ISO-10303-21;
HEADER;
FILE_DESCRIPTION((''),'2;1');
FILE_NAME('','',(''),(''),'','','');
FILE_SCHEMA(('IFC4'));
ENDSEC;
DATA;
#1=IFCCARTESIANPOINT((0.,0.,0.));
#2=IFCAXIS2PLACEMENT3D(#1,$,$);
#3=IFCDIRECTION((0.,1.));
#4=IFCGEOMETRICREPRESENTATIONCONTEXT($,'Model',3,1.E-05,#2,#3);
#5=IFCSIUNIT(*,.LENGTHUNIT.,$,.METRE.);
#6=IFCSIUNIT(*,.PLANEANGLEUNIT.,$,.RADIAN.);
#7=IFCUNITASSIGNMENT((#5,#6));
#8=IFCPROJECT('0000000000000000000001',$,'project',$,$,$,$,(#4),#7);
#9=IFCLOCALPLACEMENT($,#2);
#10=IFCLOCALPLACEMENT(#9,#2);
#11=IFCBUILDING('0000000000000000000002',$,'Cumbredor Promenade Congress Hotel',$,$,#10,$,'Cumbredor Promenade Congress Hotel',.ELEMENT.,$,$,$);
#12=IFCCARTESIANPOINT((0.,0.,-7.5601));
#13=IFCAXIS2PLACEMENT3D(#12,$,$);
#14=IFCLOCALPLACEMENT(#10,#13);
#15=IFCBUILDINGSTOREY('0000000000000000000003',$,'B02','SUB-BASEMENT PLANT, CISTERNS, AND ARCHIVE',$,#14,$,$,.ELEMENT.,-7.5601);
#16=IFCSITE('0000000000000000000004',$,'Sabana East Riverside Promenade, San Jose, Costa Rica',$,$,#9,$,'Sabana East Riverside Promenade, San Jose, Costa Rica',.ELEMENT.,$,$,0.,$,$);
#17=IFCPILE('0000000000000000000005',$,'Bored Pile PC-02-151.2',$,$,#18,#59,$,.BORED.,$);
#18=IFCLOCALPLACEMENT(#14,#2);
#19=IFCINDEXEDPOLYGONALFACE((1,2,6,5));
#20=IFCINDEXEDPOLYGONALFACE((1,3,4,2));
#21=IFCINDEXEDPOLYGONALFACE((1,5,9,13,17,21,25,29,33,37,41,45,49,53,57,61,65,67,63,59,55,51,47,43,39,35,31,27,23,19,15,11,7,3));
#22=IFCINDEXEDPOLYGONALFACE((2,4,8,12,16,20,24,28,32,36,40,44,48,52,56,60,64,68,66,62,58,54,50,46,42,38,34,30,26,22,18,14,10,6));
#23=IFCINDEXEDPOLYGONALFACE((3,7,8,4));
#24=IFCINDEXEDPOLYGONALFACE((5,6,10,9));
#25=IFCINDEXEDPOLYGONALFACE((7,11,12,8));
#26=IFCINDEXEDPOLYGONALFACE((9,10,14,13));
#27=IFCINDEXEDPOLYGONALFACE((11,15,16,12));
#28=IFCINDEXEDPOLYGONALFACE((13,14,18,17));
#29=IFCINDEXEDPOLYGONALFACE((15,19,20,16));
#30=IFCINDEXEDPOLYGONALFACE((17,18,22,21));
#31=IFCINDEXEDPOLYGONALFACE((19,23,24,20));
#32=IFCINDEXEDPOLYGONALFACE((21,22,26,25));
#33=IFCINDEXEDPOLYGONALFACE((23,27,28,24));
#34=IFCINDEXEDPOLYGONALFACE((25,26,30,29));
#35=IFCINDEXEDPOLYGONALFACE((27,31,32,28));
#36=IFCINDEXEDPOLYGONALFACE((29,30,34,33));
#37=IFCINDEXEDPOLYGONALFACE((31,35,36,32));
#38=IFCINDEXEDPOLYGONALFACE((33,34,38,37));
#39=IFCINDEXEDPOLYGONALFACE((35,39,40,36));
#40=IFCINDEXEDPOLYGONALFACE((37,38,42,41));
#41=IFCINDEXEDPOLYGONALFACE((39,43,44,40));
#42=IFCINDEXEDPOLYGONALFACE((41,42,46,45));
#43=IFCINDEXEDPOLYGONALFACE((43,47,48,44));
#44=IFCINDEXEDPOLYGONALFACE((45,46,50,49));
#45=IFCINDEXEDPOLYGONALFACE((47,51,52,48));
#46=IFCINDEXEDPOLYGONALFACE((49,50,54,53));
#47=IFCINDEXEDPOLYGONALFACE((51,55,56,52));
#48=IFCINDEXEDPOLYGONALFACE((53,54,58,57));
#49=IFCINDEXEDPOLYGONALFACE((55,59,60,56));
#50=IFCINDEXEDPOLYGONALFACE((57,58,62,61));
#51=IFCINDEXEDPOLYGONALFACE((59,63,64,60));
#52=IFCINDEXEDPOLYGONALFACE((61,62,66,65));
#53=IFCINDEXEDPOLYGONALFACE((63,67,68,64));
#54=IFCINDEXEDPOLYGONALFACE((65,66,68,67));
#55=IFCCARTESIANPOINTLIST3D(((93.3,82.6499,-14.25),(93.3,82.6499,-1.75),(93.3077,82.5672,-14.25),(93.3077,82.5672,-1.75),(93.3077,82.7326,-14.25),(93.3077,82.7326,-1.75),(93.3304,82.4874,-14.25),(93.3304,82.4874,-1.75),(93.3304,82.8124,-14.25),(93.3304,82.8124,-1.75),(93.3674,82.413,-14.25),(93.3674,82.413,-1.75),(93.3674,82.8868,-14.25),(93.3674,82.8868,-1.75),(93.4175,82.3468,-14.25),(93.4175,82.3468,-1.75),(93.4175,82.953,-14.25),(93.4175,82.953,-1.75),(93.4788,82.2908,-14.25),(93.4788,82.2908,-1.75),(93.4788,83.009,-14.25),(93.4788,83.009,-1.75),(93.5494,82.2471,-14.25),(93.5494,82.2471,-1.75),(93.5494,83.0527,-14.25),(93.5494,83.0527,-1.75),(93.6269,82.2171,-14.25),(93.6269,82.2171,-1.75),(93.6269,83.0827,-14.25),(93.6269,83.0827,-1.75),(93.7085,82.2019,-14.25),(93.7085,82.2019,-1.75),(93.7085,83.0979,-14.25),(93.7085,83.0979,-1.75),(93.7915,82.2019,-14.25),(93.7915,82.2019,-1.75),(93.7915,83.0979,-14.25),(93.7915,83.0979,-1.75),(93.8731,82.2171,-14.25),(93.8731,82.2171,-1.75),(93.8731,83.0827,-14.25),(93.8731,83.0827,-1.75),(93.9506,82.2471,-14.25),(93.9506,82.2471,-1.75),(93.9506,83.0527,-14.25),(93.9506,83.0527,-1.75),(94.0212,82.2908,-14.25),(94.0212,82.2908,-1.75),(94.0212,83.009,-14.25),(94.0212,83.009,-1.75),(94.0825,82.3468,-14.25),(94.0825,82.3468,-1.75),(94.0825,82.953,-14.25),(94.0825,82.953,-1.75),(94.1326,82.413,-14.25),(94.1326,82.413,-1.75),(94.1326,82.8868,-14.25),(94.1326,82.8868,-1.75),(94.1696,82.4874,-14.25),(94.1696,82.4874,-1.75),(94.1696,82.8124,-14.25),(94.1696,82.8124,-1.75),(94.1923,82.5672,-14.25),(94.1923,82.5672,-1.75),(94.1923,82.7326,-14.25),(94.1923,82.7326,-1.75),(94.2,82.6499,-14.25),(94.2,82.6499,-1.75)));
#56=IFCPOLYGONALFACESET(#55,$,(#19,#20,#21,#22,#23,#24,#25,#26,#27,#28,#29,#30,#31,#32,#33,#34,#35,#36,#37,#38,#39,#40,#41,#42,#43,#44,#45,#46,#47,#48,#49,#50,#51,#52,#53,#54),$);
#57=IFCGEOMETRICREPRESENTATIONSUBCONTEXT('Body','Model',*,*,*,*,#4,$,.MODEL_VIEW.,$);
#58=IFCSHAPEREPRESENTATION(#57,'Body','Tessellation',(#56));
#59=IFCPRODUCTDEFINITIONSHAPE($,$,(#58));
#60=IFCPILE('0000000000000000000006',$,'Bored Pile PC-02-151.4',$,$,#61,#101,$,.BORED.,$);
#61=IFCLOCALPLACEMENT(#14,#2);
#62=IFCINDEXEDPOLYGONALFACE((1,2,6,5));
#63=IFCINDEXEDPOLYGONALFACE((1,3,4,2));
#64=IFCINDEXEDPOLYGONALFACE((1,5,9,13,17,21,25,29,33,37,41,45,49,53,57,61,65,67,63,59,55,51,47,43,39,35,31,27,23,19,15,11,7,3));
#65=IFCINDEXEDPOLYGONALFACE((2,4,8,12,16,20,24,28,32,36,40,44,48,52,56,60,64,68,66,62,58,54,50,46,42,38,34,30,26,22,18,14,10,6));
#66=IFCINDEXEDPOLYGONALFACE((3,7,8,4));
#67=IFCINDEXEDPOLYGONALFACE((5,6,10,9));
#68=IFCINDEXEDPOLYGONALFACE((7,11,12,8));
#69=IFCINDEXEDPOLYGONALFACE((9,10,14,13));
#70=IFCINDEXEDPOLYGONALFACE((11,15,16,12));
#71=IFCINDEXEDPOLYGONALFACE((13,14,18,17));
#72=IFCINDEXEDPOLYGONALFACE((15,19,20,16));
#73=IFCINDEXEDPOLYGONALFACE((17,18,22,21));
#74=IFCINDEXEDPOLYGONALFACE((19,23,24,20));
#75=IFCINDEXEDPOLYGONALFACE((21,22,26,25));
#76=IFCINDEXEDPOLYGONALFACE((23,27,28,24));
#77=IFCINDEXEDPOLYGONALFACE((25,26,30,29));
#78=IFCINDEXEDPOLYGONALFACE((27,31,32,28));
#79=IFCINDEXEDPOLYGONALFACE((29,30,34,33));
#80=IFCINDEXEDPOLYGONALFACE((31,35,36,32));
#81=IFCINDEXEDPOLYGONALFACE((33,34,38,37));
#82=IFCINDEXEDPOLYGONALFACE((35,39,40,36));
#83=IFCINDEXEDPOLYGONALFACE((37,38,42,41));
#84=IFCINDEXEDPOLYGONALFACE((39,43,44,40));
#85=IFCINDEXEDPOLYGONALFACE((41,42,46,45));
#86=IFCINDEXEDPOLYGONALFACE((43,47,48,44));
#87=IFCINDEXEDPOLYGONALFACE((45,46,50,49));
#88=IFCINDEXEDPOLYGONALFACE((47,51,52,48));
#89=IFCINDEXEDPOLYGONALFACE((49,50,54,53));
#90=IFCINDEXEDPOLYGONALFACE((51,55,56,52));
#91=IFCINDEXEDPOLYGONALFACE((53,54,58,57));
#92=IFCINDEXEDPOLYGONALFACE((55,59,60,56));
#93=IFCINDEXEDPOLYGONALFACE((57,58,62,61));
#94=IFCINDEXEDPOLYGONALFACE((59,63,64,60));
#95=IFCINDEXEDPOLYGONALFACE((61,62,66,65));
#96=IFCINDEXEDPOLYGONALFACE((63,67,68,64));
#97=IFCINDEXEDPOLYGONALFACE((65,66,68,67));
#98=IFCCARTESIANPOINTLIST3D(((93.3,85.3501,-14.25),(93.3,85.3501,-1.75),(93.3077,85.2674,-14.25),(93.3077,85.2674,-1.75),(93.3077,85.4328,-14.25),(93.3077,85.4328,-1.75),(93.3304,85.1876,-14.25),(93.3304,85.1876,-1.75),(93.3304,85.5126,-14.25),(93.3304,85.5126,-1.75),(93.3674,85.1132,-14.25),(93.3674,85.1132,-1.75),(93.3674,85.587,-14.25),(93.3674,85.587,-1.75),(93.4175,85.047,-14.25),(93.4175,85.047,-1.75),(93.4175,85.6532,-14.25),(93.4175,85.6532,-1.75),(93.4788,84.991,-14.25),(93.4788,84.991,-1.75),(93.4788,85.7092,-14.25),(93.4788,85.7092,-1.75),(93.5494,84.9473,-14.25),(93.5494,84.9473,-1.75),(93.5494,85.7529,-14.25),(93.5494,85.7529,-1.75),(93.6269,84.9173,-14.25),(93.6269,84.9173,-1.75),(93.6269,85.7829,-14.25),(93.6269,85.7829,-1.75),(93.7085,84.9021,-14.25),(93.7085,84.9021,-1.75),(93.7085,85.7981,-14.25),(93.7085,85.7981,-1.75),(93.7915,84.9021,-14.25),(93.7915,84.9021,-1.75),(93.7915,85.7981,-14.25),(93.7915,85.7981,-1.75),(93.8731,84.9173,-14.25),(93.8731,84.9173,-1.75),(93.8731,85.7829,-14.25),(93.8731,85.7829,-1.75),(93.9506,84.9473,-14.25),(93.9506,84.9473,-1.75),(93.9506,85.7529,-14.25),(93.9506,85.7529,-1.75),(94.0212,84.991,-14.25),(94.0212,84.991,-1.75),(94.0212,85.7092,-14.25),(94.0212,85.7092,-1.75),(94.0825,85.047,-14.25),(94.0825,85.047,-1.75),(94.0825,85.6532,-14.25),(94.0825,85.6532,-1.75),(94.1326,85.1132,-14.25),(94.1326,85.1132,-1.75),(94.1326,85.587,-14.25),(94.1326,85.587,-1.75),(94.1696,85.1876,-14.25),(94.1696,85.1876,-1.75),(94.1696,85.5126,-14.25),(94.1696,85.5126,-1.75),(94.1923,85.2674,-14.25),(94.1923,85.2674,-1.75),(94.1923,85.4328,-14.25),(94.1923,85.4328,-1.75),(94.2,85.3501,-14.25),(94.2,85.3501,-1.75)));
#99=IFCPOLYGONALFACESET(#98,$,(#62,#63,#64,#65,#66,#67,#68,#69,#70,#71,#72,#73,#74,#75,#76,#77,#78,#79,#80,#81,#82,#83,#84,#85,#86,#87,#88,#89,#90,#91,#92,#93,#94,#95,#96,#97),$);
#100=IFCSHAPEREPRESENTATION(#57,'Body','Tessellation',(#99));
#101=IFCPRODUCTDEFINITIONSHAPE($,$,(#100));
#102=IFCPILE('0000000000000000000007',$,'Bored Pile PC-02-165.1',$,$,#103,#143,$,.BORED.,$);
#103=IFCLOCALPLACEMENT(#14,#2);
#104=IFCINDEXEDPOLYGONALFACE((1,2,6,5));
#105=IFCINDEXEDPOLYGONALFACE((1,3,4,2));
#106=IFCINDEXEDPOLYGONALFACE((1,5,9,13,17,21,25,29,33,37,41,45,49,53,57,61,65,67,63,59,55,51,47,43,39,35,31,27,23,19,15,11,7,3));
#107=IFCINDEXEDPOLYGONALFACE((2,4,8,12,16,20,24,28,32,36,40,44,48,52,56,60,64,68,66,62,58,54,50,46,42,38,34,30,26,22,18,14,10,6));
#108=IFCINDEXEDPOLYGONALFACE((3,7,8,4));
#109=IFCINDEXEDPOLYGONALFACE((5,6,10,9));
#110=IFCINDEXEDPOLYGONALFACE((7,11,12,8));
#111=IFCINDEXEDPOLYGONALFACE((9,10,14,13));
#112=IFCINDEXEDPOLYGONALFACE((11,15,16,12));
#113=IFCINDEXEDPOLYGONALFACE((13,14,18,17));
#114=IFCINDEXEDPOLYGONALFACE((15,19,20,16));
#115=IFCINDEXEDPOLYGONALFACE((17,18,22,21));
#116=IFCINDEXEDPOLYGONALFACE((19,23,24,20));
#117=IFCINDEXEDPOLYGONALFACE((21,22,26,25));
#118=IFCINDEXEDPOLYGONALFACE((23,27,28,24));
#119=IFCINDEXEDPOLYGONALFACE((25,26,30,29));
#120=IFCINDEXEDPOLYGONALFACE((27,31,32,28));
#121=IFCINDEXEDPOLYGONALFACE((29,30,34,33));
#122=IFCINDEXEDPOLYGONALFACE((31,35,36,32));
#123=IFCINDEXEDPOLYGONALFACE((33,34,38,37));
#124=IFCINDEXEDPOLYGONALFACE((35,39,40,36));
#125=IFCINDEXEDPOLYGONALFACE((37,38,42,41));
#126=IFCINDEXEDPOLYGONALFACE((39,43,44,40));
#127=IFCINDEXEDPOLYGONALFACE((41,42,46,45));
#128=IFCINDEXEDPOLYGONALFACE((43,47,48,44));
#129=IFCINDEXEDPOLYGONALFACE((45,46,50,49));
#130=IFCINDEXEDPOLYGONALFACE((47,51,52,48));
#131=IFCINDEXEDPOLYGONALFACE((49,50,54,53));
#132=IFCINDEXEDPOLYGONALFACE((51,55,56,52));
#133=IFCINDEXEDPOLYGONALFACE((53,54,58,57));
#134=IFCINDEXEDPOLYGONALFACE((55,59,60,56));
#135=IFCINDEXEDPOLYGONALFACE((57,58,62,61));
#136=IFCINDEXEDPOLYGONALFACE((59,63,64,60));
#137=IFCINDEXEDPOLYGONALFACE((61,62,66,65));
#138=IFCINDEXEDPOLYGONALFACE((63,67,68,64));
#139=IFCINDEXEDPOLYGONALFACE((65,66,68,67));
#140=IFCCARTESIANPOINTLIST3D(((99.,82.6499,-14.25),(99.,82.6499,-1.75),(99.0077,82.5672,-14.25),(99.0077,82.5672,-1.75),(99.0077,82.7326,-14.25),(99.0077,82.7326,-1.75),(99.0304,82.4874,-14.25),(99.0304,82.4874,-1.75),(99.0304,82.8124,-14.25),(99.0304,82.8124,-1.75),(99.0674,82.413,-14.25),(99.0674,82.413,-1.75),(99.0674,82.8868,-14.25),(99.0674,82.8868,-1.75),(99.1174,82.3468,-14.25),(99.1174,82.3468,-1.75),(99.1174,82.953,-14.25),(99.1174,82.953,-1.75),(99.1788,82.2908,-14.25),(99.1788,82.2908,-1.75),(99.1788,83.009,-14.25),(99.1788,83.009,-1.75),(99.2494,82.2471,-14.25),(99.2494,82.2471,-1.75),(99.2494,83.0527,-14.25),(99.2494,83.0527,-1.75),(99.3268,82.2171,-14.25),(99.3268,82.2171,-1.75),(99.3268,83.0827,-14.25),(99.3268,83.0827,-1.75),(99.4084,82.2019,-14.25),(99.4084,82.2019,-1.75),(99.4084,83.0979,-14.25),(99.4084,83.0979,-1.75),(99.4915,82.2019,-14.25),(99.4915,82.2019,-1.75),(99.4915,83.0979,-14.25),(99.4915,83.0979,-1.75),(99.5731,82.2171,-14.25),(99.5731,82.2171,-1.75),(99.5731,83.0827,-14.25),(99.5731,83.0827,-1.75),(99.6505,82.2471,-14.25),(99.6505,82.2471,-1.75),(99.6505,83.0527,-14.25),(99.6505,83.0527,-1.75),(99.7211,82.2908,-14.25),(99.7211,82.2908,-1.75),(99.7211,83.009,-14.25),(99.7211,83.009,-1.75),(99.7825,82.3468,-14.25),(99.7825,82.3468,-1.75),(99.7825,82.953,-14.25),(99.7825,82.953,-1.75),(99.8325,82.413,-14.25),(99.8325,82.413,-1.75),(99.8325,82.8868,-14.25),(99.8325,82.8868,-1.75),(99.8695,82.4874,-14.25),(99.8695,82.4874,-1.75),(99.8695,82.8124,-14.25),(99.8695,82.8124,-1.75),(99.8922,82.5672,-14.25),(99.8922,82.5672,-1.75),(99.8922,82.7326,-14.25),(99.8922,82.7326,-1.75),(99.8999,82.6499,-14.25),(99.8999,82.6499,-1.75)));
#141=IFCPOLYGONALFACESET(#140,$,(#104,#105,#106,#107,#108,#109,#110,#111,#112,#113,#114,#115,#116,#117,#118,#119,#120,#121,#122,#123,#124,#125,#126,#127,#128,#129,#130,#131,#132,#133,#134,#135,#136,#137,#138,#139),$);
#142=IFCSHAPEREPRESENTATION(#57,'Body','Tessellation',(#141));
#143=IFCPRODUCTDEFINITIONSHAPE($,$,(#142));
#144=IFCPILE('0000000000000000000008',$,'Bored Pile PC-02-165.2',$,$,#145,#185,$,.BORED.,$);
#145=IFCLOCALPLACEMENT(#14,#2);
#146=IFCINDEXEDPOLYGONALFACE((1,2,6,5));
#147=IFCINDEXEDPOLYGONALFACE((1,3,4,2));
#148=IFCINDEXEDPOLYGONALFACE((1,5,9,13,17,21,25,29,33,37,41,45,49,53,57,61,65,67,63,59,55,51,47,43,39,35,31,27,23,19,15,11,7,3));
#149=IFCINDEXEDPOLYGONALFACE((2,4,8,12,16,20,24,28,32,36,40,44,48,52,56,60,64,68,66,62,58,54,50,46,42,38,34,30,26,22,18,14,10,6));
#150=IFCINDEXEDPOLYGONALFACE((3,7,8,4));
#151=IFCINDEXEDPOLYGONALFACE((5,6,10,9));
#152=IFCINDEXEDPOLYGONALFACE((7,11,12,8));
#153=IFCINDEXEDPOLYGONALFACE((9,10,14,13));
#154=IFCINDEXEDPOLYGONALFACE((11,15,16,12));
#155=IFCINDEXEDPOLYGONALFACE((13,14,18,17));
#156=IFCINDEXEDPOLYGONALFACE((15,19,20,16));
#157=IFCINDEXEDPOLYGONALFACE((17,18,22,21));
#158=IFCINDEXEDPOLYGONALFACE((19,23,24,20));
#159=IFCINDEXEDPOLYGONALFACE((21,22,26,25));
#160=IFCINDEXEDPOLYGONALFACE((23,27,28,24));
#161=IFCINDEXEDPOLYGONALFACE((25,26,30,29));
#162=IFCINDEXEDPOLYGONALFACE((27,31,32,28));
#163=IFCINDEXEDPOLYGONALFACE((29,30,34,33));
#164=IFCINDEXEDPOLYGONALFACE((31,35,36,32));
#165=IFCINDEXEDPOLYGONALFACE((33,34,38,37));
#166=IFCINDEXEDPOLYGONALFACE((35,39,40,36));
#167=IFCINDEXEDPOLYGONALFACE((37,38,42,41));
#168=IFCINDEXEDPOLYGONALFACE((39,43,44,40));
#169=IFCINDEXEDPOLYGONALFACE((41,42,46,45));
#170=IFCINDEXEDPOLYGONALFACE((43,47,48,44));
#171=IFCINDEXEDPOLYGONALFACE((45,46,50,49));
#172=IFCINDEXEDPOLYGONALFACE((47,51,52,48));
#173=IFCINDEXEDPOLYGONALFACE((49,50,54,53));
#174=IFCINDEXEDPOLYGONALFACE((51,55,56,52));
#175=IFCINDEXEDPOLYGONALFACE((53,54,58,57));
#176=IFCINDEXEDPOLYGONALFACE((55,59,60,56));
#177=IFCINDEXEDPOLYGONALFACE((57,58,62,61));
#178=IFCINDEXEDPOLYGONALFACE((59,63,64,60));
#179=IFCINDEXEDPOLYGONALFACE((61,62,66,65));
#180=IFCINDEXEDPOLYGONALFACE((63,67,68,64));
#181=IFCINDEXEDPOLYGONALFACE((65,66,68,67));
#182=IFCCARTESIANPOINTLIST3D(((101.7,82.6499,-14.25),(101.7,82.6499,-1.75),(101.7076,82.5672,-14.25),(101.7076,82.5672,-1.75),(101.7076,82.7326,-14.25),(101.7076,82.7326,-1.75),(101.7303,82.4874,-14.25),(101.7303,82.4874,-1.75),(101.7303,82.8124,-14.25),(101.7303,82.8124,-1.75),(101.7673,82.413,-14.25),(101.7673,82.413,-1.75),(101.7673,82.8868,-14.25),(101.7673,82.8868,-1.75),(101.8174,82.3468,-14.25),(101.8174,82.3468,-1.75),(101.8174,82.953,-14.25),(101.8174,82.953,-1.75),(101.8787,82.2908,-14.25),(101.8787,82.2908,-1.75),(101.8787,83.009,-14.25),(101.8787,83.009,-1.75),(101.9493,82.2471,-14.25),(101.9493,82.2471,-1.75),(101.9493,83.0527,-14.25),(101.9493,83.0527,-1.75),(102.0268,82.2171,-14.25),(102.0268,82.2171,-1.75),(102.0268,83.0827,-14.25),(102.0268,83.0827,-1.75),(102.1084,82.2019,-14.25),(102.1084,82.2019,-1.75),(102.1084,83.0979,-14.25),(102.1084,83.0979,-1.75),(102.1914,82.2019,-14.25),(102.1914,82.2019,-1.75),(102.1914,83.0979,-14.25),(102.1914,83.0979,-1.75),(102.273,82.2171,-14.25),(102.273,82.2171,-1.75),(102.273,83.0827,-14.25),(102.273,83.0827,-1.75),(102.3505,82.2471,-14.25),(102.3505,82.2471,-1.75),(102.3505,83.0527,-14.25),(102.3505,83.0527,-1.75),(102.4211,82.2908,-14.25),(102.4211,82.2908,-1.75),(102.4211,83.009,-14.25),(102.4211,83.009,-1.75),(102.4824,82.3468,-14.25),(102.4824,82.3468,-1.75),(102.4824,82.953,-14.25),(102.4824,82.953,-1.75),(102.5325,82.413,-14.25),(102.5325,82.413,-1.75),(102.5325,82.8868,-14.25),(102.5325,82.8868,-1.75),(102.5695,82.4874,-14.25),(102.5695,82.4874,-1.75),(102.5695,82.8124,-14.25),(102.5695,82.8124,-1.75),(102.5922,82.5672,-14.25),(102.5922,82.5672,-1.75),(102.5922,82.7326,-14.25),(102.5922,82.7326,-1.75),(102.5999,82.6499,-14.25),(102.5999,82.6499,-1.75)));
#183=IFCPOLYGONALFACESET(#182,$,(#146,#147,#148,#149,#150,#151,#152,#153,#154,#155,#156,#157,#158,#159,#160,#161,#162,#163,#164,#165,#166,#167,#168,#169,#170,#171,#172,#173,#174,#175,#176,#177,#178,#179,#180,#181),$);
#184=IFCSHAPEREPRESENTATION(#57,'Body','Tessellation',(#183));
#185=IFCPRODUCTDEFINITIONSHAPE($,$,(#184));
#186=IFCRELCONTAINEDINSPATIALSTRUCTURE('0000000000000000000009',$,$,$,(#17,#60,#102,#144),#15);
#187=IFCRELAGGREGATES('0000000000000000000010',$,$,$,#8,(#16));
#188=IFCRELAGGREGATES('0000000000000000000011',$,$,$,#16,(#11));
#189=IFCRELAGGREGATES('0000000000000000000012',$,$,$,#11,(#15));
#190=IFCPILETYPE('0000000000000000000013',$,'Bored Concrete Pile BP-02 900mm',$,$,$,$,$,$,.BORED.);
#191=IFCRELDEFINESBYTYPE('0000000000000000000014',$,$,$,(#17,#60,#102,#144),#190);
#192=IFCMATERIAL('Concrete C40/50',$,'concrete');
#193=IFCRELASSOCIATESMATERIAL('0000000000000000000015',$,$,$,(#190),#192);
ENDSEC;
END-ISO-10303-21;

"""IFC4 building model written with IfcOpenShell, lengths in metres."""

from ifc_helpers import new_model, si_unit, direction, frame, origin, origin_2d, place, context, subcontext, project, spatial, circle, extrude, material, material_profile, profile_set, type_object, element, save


model = new_model("IFC4")

# Units and contexts
model_context = context("Model", 3, precision=1e-05, world=origin(), true_north=direction((0.0, 1.0)))
body_context = subcontext(model_context, "Body", "Model", "MODEL_VIEW")
ifc_project = project(units=[si_unit("LENGTHUNIT", "METRE"), si_unit("PLANEANGLEUNIT", "RADIAN")], contexts=[model_context])

# Site, building, storey
site_placement = place(None, origin())
site = spatial("IfcSite", under=ifc_project, at=site_placement, Name="Sabana East Riverside Promenade, San Jose, Costa Rica", LongName="Sabana East Riverside Promenade, San Jose, Costa Rica", CompositionType="ELEMENT", RefElevation=0.0)
building_placement = place(site_placement, origin())
building = spatial("IfcBuilding", under=site, at=building_placement, Name="Cumbredor Promenade Congress Hotel", LongName="Cumbredor Promenade Congress Hotel", CompositionType="ELEMENT")
storey_placement = place(building_placement, frame((0.0, 0.0, -7.5601)))
storey = spatial("IfcBuildingStorey", under=building, at=storey_placement, Name="B02", Description="SUB-BASEMENT PLANT, CISTERNS, AND ARCHIVE", CompositionType="ELEMENT", Elevation=-7.5601)

# Piles
ifc_material_1 = material(Name="Concrete C40/50", Category="concrete")
ifc_material_profile_1 = material_profile(ifc_material_1, circle(Radius=0.45, at=origin_2d()), Name="PILE D900")
ifc_profile_set_1 = profile_set([ifc_material_profile_1], Name="Concrete C40/50")
pile_type = type_object("IfcPileType", Name="Bored Concrete Pile BP-02 900mm", PredefinedType="BORED", material=ifc_profile_set_1)
for number, where, z_axis, x_axis, name in (
    (1, (93.75, 82.6499, -1.75), (0.0, 0.0, -1.0), (1.0, 0.0, 0.0), "Bored Pile PC-02-151.2"),
    (2, (93.75, 85.3501, -1.75), (0.0, 0.0, -1.0), (1.0, 0.0, 0.0), "Bored Pile PC-02-151.4"),
    (3, (99.45, 82.6499, -1.75), (0.0, 0.0, -1.0), (1.0, 0.0, 0.0), "Bored Pile PC-02-165.1"),
    (4, (102.1499, 82.6499, -1.75), (0.0, 0.0, -1.0), (1.0, 0.0, 0.0), "Bored Pile PC-02-165.2"),
):
    element("IfcPile", number, at=place(storey_placement, frame(where, z_axis=z_axis, x_axis=x_axis)), inside=storey, type_object=pile_type, Name=name, PredefinedType="BORED", context=body_context, shape_type="SweptSolid", body=[
        extrude(circle(Radius=0.45, at=origin_2d()), origin(), (0.0, 0.0, 1.0), 12.5),
    ])

save(model, "model.ifc")
